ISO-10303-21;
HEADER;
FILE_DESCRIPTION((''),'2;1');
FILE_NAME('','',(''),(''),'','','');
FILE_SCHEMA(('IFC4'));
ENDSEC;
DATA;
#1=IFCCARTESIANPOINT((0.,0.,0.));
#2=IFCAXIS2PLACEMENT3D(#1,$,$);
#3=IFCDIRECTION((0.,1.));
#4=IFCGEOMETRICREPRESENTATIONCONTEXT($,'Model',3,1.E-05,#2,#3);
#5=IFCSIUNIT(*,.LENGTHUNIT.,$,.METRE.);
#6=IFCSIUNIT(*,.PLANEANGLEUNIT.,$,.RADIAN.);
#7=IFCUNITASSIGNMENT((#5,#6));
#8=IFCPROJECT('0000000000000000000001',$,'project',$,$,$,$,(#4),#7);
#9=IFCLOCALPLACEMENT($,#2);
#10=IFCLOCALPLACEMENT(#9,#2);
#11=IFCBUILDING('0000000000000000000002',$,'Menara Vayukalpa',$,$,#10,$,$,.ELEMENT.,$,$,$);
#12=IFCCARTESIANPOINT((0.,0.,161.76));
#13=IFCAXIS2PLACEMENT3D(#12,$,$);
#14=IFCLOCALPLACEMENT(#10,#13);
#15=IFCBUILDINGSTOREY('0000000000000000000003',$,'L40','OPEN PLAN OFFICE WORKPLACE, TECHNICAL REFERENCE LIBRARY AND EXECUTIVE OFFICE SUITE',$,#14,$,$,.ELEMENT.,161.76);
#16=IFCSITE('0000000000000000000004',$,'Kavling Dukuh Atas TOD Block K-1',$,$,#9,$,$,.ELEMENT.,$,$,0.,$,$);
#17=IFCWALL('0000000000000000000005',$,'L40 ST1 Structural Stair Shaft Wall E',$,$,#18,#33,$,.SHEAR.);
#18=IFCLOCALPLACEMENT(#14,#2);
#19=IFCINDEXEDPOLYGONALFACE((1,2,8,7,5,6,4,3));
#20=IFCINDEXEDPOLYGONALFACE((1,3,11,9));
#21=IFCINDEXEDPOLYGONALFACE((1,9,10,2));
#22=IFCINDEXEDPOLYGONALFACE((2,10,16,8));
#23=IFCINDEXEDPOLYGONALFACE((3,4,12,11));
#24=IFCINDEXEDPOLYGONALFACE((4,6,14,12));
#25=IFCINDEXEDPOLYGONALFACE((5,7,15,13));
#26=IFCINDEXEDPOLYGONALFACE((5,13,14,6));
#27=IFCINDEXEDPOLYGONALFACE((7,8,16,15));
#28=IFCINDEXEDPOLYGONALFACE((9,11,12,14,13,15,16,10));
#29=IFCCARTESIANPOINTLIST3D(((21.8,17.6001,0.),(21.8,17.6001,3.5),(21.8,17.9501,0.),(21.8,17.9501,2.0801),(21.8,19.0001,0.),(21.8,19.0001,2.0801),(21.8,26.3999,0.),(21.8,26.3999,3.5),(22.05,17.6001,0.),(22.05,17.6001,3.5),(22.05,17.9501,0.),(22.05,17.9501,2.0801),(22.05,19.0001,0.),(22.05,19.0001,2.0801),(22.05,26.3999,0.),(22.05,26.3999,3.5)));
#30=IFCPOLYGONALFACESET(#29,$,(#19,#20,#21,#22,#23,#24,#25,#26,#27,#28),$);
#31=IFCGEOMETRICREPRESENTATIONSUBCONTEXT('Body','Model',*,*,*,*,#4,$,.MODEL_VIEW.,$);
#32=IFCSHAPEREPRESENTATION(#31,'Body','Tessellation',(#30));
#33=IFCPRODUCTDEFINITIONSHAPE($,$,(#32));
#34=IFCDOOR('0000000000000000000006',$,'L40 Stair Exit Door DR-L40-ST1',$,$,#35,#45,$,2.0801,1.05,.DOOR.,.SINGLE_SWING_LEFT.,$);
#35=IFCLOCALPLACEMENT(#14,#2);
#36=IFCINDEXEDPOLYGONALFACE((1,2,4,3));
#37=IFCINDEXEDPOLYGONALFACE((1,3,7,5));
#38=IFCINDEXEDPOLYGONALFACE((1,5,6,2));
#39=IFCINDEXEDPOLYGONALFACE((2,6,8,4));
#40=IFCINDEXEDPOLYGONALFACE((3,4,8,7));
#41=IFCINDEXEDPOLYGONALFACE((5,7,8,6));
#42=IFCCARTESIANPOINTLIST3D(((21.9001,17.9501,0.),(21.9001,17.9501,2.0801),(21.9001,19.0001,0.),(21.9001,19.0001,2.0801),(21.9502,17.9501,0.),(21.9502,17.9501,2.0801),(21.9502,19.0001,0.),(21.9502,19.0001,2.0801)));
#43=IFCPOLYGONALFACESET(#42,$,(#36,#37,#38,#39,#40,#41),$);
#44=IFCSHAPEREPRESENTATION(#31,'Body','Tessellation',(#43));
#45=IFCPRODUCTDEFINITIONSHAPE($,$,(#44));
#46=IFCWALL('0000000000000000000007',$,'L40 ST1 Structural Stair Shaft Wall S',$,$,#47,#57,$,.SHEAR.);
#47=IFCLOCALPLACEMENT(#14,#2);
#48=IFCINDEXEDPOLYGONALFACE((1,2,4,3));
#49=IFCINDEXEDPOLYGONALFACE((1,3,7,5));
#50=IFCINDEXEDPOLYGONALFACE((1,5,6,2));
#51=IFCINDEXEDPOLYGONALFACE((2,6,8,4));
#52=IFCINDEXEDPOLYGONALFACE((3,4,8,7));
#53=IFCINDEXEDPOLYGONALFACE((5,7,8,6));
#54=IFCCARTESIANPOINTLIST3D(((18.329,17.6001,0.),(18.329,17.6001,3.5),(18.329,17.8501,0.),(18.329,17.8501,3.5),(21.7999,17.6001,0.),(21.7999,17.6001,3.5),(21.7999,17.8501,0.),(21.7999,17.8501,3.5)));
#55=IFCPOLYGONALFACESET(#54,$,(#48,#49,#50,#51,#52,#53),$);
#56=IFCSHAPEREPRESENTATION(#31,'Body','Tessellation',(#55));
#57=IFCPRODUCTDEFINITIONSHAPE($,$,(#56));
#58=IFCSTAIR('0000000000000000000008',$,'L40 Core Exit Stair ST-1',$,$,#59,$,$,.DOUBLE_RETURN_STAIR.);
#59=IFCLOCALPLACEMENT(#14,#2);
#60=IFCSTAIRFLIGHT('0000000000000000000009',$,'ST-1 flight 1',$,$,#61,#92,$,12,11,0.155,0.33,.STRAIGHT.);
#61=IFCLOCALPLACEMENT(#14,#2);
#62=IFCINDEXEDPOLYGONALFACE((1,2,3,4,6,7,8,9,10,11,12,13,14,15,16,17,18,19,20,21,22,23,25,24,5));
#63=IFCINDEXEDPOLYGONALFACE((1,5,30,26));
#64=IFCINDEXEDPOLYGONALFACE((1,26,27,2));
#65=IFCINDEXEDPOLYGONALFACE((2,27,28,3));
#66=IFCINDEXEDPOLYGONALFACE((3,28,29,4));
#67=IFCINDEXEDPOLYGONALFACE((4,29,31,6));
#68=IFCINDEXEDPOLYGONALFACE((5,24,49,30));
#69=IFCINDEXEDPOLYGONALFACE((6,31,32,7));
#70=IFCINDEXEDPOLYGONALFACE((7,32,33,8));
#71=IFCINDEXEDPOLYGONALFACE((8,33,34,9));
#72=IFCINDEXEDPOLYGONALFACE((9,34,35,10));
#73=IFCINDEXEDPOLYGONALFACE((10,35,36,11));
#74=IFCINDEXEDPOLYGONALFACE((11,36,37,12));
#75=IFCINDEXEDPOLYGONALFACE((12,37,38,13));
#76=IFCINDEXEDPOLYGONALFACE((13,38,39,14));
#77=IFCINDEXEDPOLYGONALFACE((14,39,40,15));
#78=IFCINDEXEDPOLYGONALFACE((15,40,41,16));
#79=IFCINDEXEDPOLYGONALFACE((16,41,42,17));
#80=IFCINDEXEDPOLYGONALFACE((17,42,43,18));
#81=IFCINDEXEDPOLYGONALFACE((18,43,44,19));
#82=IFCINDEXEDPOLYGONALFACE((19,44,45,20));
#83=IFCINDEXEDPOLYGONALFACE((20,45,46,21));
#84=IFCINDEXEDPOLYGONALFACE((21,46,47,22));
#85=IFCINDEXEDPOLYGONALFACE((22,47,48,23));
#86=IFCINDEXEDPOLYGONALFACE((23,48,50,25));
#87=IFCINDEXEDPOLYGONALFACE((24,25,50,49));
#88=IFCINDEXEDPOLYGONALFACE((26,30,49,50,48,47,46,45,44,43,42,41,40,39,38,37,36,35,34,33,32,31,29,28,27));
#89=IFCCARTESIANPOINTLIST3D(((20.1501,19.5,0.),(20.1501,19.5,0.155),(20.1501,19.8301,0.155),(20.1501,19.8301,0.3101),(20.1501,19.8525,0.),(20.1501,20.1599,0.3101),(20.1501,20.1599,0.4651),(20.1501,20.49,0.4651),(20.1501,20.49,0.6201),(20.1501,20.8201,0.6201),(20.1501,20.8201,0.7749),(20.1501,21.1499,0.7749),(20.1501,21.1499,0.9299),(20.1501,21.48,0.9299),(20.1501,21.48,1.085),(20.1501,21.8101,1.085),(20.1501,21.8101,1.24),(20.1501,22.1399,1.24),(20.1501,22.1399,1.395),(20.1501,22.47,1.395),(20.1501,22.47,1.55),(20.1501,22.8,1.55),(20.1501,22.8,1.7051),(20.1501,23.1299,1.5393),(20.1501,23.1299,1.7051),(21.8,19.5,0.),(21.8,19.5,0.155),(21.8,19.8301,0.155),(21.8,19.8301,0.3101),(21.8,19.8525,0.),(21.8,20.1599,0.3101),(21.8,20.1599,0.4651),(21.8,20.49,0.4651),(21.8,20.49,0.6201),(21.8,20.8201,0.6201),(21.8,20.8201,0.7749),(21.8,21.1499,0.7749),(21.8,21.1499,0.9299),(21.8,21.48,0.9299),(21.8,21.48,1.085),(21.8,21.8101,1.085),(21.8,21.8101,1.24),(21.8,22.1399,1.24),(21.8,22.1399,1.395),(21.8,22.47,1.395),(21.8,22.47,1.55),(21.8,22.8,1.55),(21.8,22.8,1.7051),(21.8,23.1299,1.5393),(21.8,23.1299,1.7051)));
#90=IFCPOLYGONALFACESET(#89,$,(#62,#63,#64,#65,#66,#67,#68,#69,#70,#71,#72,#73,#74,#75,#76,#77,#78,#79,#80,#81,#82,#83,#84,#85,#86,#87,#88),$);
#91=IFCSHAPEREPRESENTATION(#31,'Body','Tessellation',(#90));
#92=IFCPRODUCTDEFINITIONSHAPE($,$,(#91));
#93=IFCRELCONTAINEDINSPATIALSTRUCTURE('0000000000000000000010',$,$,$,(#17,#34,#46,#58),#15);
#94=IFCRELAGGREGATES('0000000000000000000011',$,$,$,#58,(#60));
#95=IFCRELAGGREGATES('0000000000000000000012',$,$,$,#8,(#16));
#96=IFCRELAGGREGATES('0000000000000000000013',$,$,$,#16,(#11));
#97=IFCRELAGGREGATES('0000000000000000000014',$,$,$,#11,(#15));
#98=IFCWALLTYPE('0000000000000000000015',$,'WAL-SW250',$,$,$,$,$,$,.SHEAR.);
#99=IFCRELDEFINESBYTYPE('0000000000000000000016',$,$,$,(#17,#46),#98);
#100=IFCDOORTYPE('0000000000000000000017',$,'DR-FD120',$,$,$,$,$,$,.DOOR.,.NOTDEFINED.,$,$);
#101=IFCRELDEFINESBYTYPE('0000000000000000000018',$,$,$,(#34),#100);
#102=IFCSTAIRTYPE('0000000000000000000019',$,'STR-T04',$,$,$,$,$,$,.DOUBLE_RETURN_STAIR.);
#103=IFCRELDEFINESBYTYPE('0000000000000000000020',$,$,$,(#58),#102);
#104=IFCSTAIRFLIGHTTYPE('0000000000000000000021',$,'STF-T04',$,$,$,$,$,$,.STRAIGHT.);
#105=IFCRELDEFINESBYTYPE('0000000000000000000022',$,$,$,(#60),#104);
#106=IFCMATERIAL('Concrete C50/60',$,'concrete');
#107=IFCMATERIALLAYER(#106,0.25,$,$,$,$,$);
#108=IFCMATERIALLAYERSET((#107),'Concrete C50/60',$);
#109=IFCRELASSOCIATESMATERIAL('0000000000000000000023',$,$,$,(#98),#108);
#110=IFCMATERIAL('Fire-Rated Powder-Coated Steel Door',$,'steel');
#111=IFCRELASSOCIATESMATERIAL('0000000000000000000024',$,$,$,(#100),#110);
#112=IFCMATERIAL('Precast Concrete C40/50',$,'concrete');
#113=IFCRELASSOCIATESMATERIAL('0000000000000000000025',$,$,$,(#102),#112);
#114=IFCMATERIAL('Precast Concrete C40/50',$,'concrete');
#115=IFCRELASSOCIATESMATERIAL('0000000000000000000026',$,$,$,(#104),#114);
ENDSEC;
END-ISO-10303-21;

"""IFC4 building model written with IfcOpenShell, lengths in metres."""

from ifc_helpers import new_model, si_unit, direction, frame, frame_2d, origin, place, context, subcontext, project, spatial, polyline, rectangle, outline, extrude, material, layer, layer_set, type_object, element, fill, aggregate, save


model = new_model("IFC4")

# Units and contexts
model_context = context("Model", 3, precision=1e-05, world=origin(), true_north=direction((0.0, 1.0)))
body_context = subcontext(model_context, "Body", "Model", "MODEL_VIEW")
ifc_project = project(units=[si_unit("LENGTHUNIT", "METRE"), si_unit("PLANEANGLEUNIT", "RADIAN")], contexts=[model_context])

# Site, building, storey
site_placement = place(None, origin())
site = spatial("IfcSite", under=ifc_project, at=site_placement, Name="Kavling Dukuh Atas TOD Block K-1", CompositionType="ELEMENT", RefElevation=0.0)
building_placement = place(site_placement, origin())
building = spatial("IfcBuilding", under=site, at=building_placement, Name="Menara Vayukalpa", CompositionType="ELEMENT")
storey_placement = place(building_placement, frame((0.0, 0.0, 161.76)))
storey = spatial("IfcBuildingStorey", under=building, at=storey_placement, Name="L40", Description="OPEN PLAN OFFICE WORKPLACE, TECHNICAL REFERENCE LIBRARY AND EXECUTIVE OFFICE SUITE", CompositionType="ELEMENT", Elevation=161.76)

# Shared definitions
ifc_material_1 = material(Name="Concrete C50/60", Category="concrete")
ifc_layer_1 = layer(ifc_material_1, 0.25)
ifc_layer_set_1 = layer_set([ifc_layer_1], Name="Concrete C50/60")
wall_type_1 = type_object("IfcWallType", Name="WAL-SW250", PredefinedType="SHEAR", material=ifc_layer_set_1)

# Wall, opening, door
wall_1_placement = place(storey_placement, frame((21.925, 17.6001, 0.0), z_axis=(0.0, 0.0, 1.0), x_axis=(0.0, 1.0, 0.0)))
wall_1 = element("IfcWall", 1, at=wall_1_placement, inside=storey, type_object=wall_type_1, Name="L40 ST1 Structural Stair Shaft Wall E", PredefinedType="SHEAR", context=body_context, shape_type="SweptSolid", body=[
    extrude(rectangle(XDim=8.7998, YDim=0.25, at=frame_2d((4.3999, 0.0))), origin(), (0.0, 0.0, 1.0), 3.5),
])
opening_placement = place(wall_1_placement, frame((0.3501, 0.0, 0.0)))
opening = element("IfcOpeningElement", 2, at=opening_placement, cuts=wall_1, PredefinedType="OPENING", context=body_context, shape_type="SweptSolid", body=[
    extrude(rectangle(XDim=1.05, YDim=2.0801, at=frame_2d((0.5249, 1.04))), frame((0.0, 0.135, 0.0), z_axis=(0.0, -1.0, 0.0), x_axis=(1.0, 0.0, 0.0)), (0.0, 0.0, 1.0), 0.27),
])
ifc_material_2 = material(Name="Fire-Rated Powder-Coated Steel Door", Category="steel")
door_type = type_object("IfcDoorType", Name="DR-FD120", OperationType="NOTDEFINED", PredefinedType="DOOR", material=ifc_material_2)
door_placement = place(opening_placement, origin())
door = element("IfcDoor", 3, at=door_placement, inside=storey, type_object=door_type, Name="L40 Stair Exit Door DR-L40-ST1", OperationType="SINGLE_SWING_LEFT", OverallHeight=2.0801, OverallWidth=1.05, PredefinedType="DOOR", context=body_context, shape_type="SweptSolid", body=[
    extrude(rectangle(XDim=1.05, YDim=2.0801, at=frame_2d((0.5249, 1.04))), frame((0.0, 0.0249, 0.0), z_axis=(0.0, -1.0, 0.0), x_axis=(1.0, 0.0, 0.0)), (0.0, 0.0, 1.0), 0.05),
])
fill(opening, door)

# Wall
wall_2_placement = place(storey_placement, frame((18.3291, 17.7251, 0.0), z_axis=(0.0, 0.0, 1.0), x_axis=(1.0, 0.0, 0.0)))
element("IfcWall", 4, at=wall_2_placement, inside=storey, type_object=wall_type_1, Name="L40 ST1 Structural Stair Shaft Wall S", PredefinedType="SHEAR", context=body_context, shape_type="SweptSolid", body=[
    extrude(rectangle(XDim=3.4709, YDim=0.25, at=frame_2d((1.7354, 0.0))), origin(), (0.0, 0.0, 1.0), 3.5),
])

# Stair, stair flight
ifc_material_3 = material(Name="Precast Concrete C40/50", Category="concrete")
stair_type = type_object("IfcStairType", Name="STR-T04", PredefinedType="DOUBLE_RETURN_STAIR", material=ifc_material_3)
stair_placement = place(storey_placement, origin())
stair = element("IfcStair", 5, at=stair_placement, inside=storey, type_object=stair_type, Name="L40 Core Exit Stair ST-1", PredefinedType="DOUBLE_RETURN_STAIR")
ifc_material_4 = material(Name="Precast Concrete C40/50", Category="concrete")
stair_flight_type = type_object("IfcStairFlightType", Name="STF-T04", PredefinedType="STRAIGHT", material=ifc_material_4)
stair_flight_placement = place(storey_placement, frame((20.9751, 19.5, 0.0), z_axis=(0.0, 0.0, 1.0), x_axis=(0.0, 1.0, 0.0)))
stair_flight = element("IfcStairFlight", 6, at=stair_flight_placement, type_object=stair_flight_type, Name="ST-1 flight 1", NumberOfRisers=12, NumberOfTreads=11, PredefinedType="STRAIGHT", RiserHeight=0.155, TreadLength=0.33, context=body_context, shape_type="SweptSolid", body=[
    extrude(outline(polyline([(0.0, 0.0), (0.0, 0.155), (0.3301, 0.155), (0.3301, 0.3101), (0.6599, 0.3101), (0.6599, 0.4651), (0.99, 0.4651), (0.99, 0.6201), (1.3201, 0.6201), (1.3201, 0.7749), (1.6499, 0.7749), (1.6499, 0.9299), (1.98, 0.9299), (1.98, 1.085), (2.3101, 1.085), (2.3101, 1.24), (2.6399, 1.24), (2.6399, 1.395), (2.97, 1.395), (2.97, 1.55), (3.3, 1.55), (3.3, 1.7051), (3.6299, 1.7051), (3.6299, 1.8601), (3.6299, 1.5393), (0.3525, 0.0), (0.0, 0.0)])), frame((0.0, 0.825, 0.0), z_axis=(0.0, -1.0, 0.0), x_axis=(1.0, 0.0, 0.0)), (0.0, 0.0, 1.0), 1.6499),
])
aggregate(stair, [stair_flight])

save(model, "model.ifc")
